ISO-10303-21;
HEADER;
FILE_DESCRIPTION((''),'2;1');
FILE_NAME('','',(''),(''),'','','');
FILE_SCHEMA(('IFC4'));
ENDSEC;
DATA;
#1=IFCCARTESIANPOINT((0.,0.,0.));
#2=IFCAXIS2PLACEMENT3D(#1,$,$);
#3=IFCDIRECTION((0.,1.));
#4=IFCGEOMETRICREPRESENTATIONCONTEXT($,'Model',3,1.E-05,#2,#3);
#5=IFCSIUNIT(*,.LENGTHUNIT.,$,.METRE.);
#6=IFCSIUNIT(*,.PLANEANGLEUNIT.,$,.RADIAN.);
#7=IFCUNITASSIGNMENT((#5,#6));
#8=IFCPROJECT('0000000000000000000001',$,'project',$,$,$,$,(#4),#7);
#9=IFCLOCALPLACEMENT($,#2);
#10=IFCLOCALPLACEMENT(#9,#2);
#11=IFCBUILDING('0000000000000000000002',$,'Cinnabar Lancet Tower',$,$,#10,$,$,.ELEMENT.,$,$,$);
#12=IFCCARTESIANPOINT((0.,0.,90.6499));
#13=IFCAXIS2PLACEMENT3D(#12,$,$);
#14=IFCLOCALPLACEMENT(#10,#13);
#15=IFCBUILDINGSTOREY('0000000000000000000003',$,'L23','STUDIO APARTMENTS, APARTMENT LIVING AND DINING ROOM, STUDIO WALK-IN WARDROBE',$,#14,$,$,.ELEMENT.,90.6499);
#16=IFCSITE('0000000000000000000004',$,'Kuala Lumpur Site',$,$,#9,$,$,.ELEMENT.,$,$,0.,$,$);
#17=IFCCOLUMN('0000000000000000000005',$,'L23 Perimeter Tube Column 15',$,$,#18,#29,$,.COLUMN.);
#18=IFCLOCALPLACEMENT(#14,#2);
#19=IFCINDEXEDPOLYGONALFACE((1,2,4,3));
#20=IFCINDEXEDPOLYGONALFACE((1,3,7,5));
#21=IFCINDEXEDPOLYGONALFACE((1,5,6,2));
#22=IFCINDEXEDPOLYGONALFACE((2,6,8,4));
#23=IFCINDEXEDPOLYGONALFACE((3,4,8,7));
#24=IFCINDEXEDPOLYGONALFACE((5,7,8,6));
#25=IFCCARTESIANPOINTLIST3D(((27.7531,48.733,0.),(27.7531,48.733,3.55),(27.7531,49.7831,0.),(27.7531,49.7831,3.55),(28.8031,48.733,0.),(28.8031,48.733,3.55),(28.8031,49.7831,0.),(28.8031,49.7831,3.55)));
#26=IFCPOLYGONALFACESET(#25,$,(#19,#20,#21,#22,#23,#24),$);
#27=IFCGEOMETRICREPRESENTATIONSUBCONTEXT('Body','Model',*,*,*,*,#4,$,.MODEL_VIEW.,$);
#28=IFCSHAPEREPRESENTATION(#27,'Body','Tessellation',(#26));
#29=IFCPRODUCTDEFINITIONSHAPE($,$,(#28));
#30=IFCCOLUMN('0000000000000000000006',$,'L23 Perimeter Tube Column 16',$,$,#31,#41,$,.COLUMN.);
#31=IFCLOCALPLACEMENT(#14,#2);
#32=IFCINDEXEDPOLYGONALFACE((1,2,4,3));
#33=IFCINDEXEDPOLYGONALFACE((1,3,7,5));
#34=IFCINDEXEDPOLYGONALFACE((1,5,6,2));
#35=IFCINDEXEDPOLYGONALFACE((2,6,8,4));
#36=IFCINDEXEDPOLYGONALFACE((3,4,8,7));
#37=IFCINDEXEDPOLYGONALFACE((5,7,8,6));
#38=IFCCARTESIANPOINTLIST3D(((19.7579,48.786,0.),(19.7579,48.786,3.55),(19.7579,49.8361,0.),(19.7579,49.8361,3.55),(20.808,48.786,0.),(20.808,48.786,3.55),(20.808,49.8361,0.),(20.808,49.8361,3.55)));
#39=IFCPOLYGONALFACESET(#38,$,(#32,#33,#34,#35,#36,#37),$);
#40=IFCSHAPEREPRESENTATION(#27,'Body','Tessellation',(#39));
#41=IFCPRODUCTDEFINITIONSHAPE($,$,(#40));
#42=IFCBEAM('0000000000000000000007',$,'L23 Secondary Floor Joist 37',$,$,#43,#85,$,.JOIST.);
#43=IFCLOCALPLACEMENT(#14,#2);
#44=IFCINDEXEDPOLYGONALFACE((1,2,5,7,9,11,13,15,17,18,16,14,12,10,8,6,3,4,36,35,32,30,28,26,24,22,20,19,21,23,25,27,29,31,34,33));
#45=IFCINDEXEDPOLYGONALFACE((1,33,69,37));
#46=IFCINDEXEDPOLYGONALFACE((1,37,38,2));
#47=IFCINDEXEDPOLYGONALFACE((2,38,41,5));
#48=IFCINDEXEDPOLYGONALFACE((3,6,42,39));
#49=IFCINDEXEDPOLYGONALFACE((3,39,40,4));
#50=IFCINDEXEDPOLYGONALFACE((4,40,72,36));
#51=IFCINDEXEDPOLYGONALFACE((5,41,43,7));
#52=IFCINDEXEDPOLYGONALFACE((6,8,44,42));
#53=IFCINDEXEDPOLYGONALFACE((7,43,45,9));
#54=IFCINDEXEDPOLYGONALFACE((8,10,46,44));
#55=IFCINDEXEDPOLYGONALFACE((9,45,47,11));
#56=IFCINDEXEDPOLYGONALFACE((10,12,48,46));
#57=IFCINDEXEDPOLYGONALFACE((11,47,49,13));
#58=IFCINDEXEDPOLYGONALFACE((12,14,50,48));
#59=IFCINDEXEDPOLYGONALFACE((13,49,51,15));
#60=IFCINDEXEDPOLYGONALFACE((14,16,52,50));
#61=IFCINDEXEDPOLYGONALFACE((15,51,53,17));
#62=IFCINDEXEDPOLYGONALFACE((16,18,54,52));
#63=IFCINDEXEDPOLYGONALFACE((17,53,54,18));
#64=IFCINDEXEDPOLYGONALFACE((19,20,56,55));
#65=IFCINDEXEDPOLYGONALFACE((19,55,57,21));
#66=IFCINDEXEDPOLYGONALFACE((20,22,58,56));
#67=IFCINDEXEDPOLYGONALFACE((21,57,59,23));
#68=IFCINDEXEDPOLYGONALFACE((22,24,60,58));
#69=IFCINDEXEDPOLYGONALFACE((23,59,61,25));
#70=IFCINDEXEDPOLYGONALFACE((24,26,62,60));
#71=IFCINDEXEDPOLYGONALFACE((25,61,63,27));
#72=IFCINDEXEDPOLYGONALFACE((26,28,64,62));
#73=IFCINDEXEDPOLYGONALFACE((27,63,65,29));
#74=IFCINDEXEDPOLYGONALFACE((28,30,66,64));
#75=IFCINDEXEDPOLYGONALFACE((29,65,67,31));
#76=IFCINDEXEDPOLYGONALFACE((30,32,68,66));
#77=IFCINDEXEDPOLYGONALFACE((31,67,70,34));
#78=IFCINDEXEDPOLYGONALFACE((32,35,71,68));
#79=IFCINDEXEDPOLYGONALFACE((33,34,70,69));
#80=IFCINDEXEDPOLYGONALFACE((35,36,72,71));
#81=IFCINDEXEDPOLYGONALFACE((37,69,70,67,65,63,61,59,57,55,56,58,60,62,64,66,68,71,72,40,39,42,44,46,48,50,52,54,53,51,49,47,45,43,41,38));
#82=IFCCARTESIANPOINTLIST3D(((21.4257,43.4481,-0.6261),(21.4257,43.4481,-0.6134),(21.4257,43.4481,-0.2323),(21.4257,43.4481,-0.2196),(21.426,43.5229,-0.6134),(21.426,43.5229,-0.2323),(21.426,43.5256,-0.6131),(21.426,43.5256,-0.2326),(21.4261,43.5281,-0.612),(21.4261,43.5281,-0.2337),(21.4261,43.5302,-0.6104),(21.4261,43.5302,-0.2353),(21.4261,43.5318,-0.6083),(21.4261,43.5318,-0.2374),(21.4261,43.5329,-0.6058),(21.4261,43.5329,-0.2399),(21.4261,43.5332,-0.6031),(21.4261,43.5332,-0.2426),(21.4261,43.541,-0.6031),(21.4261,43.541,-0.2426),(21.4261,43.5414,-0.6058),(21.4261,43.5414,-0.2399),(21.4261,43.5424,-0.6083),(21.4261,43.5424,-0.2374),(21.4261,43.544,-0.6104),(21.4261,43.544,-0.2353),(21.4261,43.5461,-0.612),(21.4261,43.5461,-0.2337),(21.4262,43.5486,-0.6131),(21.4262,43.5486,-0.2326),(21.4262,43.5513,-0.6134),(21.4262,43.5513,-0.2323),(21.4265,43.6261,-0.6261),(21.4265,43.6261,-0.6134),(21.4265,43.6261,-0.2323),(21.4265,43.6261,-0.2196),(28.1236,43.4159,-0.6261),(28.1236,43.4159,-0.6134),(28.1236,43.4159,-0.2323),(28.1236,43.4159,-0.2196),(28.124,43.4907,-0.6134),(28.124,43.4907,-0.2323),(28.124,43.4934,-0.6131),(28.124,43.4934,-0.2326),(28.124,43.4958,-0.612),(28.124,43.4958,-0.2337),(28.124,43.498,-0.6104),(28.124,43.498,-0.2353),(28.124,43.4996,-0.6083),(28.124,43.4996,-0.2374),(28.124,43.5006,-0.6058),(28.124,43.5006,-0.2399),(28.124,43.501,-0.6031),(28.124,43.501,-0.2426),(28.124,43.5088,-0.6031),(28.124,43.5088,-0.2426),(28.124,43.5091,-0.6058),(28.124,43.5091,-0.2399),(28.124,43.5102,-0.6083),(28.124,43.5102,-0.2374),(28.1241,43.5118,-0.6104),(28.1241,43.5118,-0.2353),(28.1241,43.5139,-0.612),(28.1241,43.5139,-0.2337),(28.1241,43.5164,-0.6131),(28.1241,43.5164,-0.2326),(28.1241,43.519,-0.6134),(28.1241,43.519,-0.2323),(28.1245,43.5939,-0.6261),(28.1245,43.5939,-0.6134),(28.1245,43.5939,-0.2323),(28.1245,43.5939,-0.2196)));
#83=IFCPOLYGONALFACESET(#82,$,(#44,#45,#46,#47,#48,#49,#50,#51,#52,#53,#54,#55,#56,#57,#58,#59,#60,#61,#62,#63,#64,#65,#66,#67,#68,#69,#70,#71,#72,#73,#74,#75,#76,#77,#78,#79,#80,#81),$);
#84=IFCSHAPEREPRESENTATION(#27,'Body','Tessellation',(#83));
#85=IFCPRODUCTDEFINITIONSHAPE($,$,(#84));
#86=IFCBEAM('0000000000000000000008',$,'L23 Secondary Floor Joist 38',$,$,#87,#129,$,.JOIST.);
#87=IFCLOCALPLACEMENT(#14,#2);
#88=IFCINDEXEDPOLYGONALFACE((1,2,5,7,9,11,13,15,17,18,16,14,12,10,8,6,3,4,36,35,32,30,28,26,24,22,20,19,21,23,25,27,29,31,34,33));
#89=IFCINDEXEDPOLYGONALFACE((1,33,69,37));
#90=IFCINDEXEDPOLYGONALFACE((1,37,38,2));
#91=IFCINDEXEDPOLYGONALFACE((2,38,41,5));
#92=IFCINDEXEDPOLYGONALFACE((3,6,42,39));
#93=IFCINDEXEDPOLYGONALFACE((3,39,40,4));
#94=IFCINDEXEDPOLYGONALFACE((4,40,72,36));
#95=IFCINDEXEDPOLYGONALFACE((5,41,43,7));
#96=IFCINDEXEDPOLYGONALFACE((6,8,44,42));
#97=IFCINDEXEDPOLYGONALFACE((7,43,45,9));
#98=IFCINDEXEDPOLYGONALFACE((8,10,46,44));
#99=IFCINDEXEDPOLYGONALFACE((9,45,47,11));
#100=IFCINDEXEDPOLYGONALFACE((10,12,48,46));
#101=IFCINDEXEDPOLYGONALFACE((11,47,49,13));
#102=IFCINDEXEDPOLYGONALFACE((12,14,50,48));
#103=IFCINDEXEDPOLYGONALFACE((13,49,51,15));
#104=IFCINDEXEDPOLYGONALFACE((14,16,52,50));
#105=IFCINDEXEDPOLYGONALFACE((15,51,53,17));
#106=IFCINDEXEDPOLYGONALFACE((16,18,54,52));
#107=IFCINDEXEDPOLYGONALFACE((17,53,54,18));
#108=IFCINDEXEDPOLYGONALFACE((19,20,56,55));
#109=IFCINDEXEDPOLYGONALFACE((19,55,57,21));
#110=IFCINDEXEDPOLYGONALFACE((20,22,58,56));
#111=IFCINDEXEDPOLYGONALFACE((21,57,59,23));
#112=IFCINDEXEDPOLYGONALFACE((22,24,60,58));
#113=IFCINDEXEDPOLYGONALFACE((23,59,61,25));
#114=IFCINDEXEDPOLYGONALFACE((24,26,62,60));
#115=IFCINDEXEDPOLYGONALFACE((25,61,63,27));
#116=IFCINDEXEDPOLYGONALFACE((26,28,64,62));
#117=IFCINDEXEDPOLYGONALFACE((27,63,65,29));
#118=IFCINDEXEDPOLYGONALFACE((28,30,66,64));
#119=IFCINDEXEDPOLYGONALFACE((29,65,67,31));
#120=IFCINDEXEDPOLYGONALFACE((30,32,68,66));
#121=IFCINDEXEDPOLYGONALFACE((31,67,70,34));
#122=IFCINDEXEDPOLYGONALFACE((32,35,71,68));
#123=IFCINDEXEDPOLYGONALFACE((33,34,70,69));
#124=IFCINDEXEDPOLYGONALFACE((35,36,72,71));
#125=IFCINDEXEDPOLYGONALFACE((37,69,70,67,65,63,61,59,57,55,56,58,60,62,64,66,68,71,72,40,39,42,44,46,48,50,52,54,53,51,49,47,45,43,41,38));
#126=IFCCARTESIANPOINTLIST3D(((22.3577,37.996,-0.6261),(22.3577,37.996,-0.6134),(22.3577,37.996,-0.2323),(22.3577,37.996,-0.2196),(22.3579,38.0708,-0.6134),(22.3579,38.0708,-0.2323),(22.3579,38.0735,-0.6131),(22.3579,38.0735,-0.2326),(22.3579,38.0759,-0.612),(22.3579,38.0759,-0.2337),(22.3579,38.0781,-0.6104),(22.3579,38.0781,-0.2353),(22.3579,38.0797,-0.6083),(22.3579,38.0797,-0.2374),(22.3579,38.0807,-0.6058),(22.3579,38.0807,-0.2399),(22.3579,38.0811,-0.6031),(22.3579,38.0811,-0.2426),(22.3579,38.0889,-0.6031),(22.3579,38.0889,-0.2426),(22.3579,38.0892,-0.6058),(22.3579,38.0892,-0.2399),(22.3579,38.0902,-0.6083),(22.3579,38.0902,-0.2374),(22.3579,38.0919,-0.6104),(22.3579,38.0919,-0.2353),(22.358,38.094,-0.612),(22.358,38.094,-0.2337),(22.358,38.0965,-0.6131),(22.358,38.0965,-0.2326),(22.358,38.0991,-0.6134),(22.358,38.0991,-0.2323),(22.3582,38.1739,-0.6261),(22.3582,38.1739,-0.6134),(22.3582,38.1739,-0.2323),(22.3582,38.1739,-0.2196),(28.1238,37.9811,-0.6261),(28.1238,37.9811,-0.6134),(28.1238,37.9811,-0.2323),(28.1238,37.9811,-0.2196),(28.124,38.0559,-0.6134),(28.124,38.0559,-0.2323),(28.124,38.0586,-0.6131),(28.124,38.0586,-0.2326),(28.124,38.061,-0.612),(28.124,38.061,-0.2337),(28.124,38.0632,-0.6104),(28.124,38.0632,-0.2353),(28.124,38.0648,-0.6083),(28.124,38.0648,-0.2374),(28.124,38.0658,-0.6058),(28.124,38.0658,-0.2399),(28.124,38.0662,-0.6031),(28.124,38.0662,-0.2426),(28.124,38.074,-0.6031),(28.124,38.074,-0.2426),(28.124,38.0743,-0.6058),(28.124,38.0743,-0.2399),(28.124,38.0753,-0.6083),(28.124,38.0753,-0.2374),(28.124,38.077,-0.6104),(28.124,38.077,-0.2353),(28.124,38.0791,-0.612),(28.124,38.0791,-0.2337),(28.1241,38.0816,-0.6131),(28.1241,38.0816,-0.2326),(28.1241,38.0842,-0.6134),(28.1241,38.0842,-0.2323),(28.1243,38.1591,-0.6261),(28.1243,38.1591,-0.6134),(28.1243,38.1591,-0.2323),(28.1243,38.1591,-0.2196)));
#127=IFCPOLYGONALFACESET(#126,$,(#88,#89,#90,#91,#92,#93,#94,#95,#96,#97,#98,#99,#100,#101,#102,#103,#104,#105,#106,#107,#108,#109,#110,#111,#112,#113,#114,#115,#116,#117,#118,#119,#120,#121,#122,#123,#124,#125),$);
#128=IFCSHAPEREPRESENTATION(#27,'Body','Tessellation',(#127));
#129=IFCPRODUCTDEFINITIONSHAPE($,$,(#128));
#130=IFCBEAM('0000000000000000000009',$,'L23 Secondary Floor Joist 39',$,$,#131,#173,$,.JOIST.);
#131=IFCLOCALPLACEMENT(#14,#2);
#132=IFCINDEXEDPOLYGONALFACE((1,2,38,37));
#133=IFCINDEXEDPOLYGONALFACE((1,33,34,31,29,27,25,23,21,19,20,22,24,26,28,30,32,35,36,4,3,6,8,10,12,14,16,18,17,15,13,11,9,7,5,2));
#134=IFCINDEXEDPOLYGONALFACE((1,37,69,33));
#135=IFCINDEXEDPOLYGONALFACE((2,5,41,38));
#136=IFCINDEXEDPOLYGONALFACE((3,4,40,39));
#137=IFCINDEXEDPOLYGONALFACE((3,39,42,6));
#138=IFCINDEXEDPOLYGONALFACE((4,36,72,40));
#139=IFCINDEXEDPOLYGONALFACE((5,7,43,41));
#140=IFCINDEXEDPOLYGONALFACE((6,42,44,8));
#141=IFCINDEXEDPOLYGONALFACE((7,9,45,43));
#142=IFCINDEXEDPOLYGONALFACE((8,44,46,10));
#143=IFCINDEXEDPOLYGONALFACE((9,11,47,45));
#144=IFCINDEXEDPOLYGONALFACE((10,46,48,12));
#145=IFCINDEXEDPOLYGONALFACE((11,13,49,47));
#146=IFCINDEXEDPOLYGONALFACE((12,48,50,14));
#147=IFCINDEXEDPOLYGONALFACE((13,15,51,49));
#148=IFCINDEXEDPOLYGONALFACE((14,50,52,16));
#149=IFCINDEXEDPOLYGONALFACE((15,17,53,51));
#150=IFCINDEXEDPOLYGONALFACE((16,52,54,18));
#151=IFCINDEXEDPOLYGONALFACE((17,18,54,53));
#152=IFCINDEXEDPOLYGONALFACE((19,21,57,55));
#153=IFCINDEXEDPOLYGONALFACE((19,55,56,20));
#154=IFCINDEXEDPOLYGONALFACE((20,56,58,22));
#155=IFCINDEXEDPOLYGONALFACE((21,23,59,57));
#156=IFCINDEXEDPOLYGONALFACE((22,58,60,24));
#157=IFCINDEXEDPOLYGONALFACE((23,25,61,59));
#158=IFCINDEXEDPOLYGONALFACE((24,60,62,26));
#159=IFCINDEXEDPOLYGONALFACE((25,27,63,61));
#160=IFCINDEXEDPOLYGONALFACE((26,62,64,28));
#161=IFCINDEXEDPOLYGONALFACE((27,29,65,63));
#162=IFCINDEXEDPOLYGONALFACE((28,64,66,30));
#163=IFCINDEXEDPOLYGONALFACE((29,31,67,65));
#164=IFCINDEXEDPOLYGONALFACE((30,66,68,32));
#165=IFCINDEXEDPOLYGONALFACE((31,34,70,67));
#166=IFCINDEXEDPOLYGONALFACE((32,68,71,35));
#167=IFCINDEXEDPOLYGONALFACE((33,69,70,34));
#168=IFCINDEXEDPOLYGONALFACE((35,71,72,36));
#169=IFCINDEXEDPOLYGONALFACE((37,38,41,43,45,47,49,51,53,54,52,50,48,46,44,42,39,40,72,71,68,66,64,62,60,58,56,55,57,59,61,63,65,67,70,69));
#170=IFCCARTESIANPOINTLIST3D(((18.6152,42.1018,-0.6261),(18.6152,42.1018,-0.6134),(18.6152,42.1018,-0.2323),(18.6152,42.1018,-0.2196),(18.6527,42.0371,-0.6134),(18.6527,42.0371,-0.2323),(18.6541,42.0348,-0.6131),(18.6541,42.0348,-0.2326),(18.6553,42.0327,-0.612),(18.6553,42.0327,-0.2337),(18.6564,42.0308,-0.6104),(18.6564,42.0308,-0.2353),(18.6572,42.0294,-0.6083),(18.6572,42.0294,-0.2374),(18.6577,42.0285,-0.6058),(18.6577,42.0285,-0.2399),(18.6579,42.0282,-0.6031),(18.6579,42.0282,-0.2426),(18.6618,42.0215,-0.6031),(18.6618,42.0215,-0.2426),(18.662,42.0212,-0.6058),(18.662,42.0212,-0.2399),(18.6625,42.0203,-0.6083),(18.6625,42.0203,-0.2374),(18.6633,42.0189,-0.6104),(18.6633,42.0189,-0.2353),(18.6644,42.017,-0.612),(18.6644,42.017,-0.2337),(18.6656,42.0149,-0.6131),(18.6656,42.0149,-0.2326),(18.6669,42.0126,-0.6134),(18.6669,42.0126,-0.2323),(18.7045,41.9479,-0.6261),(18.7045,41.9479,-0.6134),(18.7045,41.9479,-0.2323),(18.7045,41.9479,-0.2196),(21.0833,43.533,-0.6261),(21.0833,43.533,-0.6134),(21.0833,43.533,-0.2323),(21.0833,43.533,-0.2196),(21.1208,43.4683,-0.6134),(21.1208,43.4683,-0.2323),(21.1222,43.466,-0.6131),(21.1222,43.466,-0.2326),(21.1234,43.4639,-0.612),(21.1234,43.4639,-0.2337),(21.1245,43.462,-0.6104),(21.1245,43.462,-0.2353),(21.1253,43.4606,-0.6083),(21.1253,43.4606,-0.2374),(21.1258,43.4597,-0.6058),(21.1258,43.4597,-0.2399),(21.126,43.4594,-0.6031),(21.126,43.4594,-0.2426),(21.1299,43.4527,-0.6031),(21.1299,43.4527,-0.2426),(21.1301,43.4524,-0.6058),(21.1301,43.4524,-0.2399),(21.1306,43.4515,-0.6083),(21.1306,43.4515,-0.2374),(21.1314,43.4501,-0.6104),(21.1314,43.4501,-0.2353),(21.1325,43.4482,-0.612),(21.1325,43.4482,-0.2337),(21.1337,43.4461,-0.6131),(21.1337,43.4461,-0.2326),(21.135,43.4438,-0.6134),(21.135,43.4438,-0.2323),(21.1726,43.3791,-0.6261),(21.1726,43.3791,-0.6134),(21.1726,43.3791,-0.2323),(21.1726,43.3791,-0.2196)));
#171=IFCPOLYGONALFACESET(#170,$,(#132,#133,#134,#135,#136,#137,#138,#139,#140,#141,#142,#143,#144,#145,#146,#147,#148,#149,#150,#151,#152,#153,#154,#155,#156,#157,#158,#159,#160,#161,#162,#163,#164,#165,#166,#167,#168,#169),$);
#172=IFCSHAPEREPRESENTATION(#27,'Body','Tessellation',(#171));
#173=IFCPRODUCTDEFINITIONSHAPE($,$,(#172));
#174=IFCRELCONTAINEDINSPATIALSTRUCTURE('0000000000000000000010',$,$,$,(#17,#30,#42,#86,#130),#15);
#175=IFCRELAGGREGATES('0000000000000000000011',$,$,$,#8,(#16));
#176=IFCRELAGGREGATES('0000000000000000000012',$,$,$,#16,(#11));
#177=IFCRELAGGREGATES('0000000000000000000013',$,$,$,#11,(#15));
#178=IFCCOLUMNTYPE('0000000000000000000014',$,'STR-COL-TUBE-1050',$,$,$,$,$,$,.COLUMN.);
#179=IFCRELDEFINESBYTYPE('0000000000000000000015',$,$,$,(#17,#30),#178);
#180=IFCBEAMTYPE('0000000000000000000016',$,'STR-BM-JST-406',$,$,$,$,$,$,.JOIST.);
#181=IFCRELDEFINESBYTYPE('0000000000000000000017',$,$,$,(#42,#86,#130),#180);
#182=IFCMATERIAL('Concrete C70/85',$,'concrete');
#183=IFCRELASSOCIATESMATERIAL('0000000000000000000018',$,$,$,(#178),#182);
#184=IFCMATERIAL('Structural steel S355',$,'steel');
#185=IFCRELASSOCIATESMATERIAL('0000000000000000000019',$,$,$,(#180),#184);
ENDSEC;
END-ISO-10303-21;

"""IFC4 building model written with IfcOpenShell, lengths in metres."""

from ifc_helpers import new_model, si_unit, direction, frame, origin, origin_2d, place, context, subcontext, project, spatial, rectangle, i_section, extrude, material, material_profile, profile_set, type_object, element, save


model = new_model("IFC4")

# Units and contexts
model_context = context("Model", 3, precision=1e-05, world=origin(), true_north=direction((0.0, 1.0)))
body_context = subcontext(model_context, "Body", "Model", "MODEL_VIEW")
ifc_project = project(units=[si_unit("LENGTHUNIT", "METRE"), si_unit("PLANEANGLEUNIT", "RADIAN")], contexts=[model_context])

# Site, building, storey
site_placement = place(None, origin())
site = spatial("IfcSite", under=ifc_project, at=site_placement, Name="Kuala Lumpur Site", CompositionType="ELEMENT", RefElevation=0.0)
building_placement = place(site_placement, origin())
building = spatial("IfcBuilding", under=site, at=building_placement, Name="Cinnabar Lancet Tower", CompositionType="ELEMENT")
storey_placement = place(building_placement, frame((0.0, 0.0, 90.6499)))
storey = spatial("IfcBuildingStorey", under=building, at=storey_placement, Name="L23", Description="STUDIO APARTMENTS, APARTMENT LIVING AND DINING ROOM, STUDIO WALK-IN WARDROBE", CompositionType="ELEMENT", Elevation=90.6499)

# Columns
ifc_material_1 = material(Name="Concrete C70/85", Category="concrete")
ifc_material_profile_1 = material_profile(ifc_material_1, rectangle(XDim=1.05, YDim=1.05, at=origin_2d()), Name="RC-COL 1050x1050")
ifc_profile_set_1 = profile_set([ifc_material_profile_1], Name="Concrete C70/85")
column_type = type_object("IfcColumnType", Name="STR-COL-TUBE-1050", PredefinedType="COLUMN", material=ifc_profile_set_1)
for number, where, z_axis, x_axis, name in (
    (1, (28.2781, 49.2581, 0.0), (0.0, 0.0, 1.0), (1.0, 0.0, 0.0), "L23 Perimeter Tube Column 15"),
    (2, (20.283, 49.311, 0.0), (0.0, 0.0, 1.0), (1.0, 0.0, 0.0), "L23 Perimeter Tube Column 16"),
):
    element("IfcColumn", number, at=place(storey_placement, frame(where, z_axis=z_axis, x_axis=x_axis)), inside=storey, type_object=column_type, Name=name, PredefinedType="COLUMN", context=body_context, shape_type="SweptSolid", body=[
        extrude(rectangle(XDim=1.05, YDim=1.05, at=origin_2d()), origin(), (0.0, 0.0, 1.0), 3.55),
    ])

# Beams
ifc_material_2 = material(Name="Structural steel S355", Category="steel")
ifc_material_profile_2 = material_profile(ifc_material_2, i_section(OverallWidth=0.178, OverallDepth=0.4065, WebThickness=0.0078, FlangeThickness=0.0127, FilletRadius=0.0103, at=origin_2d()), Name="UKB 406x178x60")
ifc_profile_set_2 = profile_set([ifc_material_profile_2], Name="Structural steel S355")
beam_type_1 = type_object("IfcBeamType", Name="STR-BM-JST-406", PredefinedType="JOIST", material=ifc_profile_set_2)
beam_1_placement = place(storey_placement, frame((28.124, 43.5049, -0.4229), z_axis=(-0.999988, 0.004811, 0.0), x_axis=(-0.004811, -0.999988, 0.0)))
element("IfcBeam", 3, at=beam_1_placement, inside=storey, type_object=beam_type_1, Name="L23 Secondary Floor Joist 37", PredefinedType="JOIST", context=body_context, shape_type="SweptSolid", body=[
    extrude(i_section(OverallWidth=0.178, OverallDepth=0.4065, WebThickness=0.0078, FlangeThickness=0.0127, FilletRadius=0.0103, at=origin_2d()), origin(), (0.0, 0.0, 1.0), 6.698),
])
beam_2_placement = place(storey_placement, frame((28.124, 38.0701, -0.4229), z_axis=(-0.999997, 0.002583, 0.0), x_axis=(-0.002583, -0.999997, 0.0)))
element("IfcBeam", 4, at=beam_2_placement, inside=storey, type_object=beam_type_1, Name="L23 Secondary Floor Joist 38", PredefinedType="JOIST", context=body_context, shape_type="SweptSolid", body=[
    extrude(i_section(OverallWidth=0.178, OverallDepth=0.4065, WebThickness=0.0078, FlangeThickness=0.0127, FilletRadius=0.0103, at=origin_2d()), origin(), (0.0, 0.0, 1.0), 5.7661),
])
beam_3_placement = place(storey_placement, frame((21.1279, 43.4561, -0.4229), z_axis=(-0.865076, -0.50164, 0.0), x_axis=(0.50164, -0.865076, 0.0)))
element("IfcBeam", 5, at=beam_3_placement, inside=storey, type_object=beam_type_1, Name="L23 Secondary Floor Joist 39", PredefinedType="JOIST", context=body_context, shape_type="SweptSolid", body=[
    extrude(i_section(OverallWidth=0.178, OverallDepth=0.4065, WebThickness=0.0078, FlangeThickness=0.0127, FilletRadius=0.0103, at=origin_2d()), origin(), (0.0, 0.0, 1.0), 2.853),
])

save(model, "model.ifc")
